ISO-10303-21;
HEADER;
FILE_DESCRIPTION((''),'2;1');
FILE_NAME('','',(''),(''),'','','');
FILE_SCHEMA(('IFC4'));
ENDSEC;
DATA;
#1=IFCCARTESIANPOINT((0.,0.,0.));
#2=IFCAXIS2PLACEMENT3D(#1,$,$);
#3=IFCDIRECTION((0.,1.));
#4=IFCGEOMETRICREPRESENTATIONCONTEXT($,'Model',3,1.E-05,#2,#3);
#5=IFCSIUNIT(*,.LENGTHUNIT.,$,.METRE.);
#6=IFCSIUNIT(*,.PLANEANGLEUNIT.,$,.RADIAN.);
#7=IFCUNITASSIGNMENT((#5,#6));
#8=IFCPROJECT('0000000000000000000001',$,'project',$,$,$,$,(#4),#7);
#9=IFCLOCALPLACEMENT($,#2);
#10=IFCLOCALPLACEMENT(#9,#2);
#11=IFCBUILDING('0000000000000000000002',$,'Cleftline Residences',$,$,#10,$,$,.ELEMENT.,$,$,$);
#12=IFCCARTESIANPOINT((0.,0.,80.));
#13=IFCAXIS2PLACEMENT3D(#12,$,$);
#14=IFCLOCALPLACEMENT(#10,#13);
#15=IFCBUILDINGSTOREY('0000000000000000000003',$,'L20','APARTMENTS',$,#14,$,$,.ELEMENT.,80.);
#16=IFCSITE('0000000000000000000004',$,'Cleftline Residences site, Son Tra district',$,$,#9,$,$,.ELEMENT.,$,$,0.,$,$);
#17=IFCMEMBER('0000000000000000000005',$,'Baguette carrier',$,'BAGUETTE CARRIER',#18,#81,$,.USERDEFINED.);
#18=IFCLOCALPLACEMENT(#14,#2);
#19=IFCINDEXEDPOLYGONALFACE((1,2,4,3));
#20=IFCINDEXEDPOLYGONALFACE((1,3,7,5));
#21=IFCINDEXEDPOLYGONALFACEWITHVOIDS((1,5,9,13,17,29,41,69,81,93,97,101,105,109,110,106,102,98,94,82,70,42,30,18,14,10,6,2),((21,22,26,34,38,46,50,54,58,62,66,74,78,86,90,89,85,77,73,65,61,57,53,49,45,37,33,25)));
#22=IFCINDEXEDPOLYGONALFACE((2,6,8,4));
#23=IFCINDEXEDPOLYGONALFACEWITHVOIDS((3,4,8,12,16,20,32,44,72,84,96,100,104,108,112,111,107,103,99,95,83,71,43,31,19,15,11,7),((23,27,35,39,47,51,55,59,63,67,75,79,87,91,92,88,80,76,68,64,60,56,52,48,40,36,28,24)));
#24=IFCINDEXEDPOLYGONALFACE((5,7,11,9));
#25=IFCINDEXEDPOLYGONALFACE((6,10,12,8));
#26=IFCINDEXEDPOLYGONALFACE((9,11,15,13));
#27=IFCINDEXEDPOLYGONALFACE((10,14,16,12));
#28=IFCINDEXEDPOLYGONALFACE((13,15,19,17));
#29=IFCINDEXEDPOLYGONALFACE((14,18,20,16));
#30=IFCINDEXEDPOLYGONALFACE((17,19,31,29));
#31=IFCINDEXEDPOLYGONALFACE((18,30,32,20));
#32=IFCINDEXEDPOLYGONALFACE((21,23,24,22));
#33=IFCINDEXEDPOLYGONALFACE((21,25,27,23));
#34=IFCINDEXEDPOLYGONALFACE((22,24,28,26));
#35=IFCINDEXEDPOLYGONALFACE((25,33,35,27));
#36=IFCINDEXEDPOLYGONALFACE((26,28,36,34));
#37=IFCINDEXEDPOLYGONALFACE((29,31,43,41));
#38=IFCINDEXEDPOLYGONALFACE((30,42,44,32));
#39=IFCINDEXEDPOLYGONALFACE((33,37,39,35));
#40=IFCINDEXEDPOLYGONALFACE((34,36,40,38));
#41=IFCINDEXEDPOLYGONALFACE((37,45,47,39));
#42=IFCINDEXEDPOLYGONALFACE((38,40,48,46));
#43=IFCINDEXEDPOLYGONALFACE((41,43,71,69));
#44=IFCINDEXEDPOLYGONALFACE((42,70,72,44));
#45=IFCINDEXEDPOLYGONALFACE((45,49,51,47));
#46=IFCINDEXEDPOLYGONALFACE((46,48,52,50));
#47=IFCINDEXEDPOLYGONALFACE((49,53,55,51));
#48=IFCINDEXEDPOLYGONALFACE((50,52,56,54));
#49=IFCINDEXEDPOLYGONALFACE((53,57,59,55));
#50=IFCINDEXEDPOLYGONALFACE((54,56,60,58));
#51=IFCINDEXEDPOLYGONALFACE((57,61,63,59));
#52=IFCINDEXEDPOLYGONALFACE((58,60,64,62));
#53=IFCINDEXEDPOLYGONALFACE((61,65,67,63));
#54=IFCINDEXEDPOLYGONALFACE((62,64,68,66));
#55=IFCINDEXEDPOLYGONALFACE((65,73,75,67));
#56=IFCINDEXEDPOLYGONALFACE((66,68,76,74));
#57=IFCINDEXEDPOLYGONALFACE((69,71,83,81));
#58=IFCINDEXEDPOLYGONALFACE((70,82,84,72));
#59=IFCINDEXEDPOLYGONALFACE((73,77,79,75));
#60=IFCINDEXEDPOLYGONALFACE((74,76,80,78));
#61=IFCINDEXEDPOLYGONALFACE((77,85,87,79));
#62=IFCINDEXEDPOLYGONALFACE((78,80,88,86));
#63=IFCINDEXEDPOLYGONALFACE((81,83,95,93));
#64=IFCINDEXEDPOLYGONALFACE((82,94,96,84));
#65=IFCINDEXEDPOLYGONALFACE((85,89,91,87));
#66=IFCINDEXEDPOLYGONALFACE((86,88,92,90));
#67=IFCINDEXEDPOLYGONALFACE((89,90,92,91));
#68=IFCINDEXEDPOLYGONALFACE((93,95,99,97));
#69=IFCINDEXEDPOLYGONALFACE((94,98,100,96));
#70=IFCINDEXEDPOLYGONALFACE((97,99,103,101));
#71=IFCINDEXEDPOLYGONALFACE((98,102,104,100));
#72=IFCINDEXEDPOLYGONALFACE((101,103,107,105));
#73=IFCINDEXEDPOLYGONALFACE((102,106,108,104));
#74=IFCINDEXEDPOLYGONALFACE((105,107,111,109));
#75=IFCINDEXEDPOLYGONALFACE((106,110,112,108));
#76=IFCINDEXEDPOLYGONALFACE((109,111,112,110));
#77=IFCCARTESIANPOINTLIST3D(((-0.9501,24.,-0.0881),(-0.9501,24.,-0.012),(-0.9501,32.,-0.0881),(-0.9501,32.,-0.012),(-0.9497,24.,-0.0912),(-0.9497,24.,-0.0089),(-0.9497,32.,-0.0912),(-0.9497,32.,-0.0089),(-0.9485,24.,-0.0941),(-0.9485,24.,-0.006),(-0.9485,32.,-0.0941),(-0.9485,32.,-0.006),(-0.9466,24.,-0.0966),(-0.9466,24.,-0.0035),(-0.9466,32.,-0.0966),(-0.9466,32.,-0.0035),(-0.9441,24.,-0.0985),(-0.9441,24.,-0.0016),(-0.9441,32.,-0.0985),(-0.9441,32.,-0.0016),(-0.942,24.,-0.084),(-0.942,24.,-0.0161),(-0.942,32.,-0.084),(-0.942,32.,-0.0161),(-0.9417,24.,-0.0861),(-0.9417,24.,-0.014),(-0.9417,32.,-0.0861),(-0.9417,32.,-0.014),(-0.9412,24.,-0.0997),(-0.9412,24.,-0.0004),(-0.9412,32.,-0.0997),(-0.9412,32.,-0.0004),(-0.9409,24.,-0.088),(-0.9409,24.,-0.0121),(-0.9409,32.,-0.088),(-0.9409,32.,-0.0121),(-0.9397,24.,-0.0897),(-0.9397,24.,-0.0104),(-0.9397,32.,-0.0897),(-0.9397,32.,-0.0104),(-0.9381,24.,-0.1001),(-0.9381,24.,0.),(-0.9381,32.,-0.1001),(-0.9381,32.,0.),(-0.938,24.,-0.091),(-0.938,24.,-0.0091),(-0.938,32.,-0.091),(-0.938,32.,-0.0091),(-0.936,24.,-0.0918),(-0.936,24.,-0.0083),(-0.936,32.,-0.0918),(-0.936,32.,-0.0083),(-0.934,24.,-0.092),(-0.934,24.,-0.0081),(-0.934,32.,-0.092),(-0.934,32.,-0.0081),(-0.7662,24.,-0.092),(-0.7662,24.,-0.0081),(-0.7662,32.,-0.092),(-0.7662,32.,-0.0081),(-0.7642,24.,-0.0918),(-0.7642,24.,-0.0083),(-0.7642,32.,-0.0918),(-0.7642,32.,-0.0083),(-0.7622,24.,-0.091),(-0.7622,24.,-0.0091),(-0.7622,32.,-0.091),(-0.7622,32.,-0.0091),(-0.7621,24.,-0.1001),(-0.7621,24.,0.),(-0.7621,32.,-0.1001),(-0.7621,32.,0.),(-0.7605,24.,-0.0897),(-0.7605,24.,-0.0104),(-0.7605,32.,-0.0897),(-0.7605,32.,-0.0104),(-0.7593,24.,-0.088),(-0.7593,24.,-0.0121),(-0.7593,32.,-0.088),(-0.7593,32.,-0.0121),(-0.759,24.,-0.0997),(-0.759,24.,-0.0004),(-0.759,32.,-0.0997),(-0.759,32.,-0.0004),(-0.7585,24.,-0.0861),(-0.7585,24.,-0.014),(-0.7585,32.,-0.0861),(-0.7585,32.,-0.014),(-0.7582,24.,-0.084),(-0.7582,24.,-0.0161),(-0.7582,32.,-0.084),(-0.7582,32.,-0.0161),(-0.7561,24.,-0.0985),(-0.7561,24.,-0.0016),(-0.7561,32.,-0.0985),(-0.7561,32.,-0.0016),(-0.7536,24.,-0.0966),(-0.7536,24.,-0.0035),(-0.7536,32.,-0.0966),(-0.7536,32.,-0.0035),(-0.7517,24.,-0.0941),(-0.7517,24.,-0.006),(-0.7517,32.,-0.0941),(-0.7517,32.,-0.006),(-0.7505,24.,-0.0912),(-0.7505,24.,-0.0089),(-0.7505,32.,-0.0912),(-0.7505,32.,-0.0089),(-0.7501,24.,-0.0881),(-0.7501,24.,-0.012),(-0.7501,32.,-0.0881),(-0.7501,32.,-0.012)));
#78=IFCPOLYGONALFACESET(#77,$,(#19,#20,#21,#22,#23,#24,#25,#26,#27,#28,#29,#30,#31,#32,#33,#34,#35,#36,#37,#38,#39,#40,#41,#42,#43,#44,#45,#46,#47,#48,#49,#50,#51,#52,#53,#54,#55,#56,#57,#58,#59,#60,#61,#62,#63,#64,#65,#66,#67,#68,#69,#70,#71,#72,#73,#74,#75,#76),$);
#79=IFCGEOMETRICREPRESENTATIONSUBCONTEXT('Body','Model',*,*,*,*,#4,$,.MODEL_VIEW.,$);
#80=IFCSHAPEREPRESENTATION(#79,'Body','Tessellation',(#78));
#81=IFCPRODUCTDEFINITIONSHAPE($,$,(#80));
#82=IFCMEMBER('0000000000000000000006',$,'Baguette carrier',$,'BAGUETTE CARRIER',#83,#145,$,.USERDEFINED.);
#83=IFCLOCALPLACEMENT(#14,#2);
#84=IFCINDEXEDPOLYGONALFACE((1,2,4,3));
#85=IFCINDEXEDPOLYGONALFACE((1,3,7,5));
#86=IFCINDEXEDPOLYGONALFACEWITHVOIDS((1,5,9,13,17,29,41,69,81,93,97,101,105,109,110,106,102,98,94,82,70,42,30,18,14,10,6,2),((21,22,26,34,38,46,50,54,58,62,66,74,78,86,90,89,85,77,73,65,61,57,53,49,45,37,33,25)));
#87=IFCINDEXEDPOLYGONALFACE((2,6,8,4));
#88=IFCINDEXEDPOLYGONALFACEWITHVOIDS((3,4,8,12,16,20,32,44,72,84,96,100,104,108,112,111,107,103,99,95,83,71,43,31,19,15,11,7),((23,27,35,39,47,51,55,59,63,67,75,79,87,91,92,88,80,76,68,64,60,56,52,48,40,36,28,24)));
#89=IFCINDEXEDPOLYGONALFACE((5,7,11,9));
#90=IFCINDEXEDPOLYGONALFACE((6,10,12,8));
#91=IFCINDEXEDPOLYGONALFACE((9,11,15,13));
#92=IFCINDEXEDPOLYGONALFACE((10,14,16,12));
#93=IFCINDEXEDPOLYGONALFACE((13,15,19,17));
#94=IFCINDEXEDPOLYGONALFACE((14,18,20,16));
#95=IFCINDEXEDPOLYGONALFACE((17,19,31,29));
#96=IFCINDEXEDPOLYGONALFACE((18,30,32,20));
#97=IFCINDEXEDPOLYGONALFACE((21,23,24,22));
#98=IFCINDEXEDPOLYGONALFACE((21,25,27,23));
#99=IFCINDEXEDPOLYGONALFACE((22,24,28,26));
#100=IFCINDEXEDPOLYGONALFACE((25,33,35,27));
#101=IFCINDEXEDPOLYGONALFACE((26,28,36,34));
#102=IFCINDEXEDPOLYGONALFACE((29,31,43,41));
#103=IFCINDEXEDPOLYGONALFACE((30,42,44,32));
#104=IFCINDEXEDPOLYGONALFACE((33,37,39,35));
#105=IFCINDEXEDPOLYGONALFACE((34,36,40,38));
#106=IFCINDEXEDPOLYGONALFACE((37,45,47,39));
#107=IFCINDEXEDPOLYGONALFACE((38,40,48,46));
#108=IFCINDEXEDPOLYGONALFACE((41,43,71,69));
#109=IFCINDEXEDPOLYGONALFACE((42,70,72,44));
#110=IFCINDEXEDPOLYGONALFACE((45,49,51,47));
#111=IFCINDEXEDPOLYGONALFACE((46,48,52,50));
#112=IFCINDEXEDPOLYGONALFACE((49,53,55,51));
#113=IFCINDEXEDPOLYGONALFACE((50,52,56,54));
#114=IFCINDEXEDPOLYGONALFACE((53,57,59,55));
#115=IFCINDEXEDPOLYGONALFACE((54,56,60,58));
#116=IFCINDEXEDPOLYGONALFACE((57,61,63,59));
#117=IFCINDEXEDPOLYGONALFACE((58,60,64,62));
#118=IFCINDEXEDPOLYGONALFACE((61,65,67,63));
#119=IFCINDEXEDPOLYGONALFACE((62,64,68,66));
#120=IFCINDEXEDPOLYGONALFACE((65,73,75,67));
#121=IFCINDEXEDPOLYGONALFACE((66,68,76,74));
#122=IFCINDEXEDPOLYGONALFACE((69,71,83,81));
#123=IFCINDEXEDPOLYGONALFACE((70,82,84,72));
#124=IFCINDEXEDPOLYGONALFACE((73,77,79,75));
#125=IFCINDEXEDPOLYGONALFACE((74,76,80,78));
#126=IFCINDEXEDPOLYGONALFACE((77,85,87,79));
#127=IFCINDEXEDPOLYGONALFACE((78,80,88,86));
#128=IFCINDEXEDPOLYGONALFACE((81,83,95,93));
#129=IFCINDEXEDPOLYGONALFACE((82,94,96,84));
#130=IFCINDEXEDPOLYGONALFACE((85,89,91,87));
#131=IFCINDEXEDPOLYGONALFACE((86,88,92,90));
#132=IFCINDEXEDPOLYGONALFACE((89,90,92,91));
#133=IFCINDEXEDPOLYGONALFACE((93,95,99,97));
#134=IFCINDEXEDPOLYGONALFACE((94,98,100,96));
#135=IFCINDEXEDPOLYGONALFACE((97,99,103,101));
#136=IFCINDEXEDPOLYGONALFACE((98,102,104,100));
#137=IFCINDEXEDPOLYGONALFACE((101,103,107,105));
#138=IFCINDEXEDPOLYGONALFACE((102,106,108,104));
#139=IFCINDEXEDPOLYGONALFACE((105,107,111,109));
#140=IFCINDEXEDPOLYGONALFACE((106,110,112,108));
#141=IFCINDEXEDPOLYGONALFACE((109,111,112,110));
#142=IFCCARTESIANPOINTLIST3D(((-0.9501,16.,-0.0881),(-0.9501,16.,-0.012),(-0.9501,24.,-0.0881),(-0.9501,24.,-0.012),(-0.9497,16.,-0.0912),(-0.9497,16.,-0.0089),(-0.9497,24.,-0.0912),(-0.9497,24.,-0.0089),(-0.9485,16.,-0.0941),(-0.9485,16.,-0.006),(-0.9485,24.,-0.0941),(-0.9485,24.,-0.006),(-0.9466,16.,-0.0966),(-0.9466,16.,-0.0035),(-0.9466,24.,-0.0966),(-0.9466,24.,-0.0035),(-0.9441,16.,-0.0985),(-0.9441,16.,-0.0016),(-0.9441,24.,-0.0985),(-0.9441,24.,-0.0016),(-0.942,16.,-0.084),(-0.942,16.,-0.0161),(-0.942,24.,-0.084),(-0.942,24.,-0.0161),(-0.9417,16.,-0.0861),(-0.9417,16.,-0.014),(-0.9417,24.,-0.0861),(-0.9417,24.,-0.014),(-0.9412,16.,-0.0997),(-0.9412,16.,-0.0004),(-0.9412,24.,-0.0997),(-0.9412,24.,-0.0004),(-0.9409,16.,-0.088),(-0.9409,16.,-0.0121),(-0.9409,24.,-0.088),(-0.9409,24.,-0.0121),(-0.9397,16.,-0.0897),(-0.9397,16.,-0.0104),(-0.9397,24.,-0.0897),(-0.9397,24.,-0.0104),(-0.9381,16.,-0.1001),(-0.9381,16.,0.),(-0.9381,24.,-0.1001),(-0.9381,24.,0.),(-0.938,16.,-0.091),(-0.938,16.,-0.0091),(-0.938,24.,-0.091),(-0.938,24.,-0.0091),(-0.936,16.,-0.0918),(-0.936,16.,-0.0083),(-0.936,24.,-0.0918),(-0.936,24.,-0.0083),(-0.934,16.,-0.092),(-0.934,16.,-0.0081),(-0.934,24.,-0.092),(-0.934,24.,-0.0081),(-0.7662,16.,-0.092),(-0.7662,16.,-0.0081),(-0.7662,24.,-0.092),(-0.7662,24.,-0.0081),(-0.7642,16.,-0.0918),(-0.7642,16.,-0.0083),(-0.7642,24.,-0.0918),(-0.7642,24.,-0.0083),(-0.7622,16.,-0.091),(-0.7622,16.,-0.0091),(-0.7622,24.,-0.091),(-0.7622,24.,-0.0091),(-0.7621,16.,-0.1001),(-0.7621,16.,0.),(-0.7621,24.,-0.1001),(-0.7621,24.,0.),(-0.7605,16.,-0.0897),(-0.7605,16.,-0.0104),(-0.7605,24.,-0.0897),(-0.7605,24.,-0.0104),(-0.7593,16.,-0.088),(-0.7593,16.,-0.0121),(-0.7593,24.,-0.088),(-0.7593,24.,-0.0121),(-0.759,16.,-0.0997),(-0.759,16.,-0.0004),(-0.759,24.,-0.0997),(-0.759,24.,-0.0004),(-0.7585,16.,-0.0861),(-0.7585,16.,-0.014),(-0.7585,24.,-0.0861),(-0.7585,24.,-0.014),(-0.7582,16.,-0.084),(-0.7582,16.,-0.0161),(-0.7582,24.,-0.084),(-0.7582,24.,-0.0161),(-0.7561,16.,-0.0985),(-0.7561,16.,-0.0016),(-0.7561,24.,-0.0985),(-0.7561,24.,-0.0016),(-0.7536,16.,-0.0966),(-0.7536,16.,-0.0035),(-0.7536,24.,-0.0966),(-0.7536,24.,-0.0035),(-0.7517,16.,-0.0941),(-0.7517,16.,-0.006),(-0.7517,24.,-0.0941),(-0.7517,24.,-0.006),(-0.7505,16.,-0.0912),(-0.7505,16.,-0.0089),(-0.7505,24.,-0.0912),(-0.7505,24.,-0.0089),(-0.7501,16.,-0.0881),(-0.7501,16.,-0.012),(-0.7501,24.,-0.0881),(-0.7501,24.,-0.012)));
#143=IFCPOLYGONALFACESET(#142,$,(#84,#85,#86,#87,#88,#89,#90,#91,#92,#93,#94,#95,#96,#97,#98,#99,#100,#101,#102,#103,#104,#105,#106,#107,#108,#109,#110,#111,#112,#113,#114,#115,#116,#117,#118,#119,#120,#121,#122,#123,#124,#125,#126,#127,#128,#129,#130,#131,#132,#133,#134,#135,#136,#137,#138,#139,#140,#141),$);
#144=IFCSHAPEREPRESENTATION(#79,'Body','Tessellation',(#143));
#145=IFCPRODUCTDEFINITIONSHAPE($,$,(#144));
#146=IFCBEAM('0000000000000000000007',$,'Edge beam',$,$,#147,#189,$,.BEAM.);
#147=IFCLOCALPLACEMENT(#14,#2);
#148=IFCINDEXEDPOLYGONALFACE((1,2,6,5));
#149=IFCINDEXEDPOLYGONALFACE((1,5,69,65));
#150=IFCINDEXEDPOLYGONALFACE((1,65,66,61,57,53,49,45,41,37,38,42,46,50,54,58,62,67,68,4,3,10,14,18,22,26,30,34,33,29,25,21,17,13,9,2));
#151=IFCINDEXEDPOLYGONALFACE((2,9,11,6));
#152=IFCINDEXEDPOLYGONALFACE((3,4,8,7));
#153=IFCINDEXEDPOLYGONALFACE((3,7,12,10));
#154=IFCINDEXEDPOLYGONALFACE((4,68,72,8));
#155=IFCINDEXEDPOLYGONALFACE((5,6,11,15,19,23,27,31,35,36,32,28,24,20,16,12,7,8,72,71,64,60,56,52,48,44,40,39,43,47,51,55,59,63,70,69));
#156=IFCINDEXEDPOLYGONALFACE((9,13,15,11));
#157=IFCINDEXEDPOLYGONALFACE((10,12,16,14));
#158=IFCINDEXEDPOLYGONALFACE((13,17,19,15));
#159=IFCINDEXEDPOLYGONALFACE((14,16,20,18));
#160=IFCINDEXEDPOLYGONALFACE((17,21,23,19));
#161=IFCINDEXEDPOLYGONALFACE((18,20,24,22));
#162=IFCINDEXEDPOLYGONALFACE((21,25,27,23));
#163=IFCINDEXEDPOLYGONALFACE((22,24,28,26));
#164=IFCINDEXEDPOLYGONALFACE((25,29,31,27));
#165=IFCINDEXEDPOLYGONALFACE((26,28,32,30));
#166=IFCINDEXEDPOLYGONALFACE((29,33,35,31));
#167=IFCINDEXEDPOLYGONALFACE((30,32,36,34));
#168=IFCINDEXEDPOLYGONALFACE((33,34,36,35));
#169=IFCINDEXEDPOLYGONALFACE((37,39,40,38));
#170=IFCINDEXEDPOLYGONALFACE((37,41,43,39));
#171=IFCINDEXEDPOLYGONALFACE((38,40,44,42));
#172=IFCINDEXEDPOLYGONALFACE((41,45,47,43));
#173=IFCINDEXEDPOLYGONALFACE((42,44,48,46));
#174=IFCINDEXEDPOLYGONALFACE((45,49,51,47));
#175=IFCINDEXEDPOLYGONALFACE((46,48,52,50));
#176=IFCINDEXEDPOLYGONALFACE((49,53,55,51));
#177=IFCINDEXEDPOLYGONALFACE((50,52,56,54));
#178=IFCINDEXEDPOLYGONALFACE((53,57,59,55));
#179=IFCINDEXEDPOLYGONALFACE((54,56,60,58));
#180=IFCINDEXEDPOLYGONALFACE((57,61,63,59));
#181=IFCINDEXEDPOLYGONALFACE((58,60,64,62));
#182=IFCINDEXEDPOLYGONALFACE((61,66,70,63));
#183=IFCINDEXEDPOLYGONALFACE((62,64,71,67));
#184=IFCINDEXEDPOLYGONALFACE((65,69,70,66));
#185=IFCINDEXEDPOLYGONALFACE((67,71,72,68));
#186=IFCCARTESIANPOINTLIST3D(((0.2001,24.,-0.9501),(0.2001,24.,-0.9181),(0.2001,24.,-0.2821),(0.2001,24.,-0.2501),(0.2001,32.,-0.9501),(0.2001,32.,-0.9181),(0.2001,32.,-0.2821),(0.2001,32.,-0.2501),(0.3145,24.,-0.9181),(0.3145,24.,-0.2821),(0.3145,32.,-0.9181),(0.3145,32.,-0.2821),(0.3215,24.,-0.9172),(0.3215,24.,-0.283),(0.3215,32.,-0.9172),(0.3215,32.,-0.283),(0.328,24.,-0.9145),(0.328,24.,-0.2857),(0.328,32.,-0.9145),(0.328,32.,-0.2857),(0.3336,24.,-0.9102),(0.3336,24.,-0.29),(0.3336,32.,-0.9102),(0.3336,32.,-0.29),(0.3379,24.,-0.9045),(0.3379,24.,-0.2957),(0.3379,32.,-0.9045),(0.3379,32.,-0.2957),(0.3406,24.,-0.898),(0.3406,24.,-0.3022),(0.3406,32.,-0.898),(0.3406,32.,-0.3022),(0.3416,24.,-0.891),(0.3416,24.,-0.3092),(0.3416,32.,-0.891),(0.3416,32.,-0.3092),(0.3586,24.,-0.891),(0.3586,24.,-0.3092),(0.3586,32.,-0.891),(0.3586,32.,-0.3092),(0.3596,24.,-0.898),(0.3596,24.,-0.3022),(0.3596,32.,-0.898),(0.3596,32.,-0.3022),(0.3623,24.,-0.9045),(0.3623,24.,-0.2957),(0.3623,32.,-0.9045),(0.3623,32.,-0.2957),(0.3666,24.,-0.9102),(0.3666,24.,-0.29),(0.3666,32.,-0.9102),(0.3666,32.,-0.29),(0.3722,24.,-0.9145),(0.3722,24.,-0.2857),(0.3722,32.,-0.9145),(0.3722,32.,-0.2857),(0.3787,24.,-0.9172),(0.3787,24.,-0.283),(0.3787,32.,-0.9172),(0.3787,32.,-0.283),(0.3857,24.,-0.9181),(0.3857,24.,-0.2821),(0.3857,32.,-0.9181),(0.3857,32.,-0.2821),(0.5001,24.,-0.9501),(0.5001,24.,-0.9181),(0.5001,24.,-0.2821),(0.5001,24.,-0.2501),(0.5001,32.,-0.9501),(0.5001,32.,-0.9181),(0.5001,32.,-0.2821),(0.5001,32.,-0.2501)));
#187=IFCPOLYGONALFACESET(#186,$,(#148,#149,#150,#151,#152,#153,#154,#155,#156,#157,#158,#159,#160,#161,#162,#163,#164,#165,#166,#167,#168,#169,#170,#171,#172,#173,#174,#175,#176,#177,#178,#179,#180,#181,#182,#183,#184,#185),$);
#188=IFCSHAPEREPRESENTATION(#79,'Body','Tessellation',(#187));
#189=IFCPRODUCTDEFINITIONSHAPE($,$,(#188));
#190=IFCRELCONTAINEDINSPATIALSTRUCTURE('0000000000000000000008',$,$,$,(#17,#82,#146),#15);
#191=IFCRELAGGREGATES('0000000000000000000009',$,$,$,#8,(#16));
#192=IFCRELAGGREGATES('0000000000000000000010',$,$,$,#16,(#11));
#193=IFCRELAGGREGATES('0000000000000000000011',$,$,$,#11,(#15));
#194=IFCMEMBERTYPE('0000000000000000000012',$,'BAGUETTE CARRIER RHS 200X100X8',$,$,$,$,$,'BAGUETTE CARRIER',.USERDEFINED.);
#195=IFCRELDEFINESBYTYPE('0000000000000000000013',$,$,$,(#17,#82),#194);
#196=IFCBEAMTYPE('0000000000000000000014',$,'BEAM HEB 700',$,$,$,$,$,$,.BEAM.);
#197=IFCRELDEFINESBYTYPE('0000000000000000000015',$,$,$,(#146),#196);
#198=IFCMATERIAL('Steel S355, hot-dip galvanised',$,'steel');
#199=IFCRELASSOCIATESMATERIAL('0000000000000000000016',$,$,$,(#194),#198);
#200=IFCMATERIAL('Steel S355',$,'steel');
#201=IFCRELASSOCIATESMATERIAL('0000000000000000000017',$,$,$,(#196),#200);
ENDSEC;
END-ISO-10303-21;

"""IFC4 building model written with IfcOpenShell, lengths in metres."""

from ifc_helpers import new_model, si_unit, direction, frame, origin, origin_2d, place, context, subcontext, project, spatial, hollow_rectangle, i_section, extrude, material, material_profile, profile_set, type_object, element, save


model = new_model("IFC4")

# Units and contexts
model_context = context("Model", 3, precision=1e-05, world=origin(), true_north=direction((0.0, 1.0)))
body_context = subcontext(model_context, "Body", "Model", "MODEL_VIEW")
ifc_project = project(units=[si_unit("LENGTHUNIT", "METRE"), si_unit("PLANEANGLEUNIT", "RADIAN")], contexts=[model_context])

# Site, building, storey
site_placement = place(None, origin())
site = spatial("IfcSite", under=ifc_project, at=site_placement, Name="Cleftline Residences site, Son Tra district", CompositionType="ELEMENT", RefElevation=0.0)
building_placement = place(site_placement, origin())
building = spatial("IfcBuilding", under=site, at=building_placement, Name="Cleftline Residences", CompositionType="ELEMENT")
storey_placement = place(building_placement, frame((0.0, 0.0, 80.0)))
storey = spatial("IfcBuildingStorey", under=building, at=storey_placement, Name="L20", Description="APARTMENTS", CompositionType="ELEMENT", Elevation=80.0)

# Members
ifc_material_1 = material(Name="Steel S355, hot-dip galvanised", Category="steel")
ifc_material_profile_1 = material_profile(ifc_material_1, hollow_rectangle(XDim=0.1001, YDim=0.2, WallThickness=0.0081, InnerFilletRadius=0.0081, OuterFilletRadius=0.012, at=origin_2d()))
ifc_profile_set_1 = profile_set([ifc_material_profile_1], Name="Steel S355, hot-dip galvanised")
member_type_1 = type_object("IfcMemberType", Name="BAGUETTE CARRIER RHS 200X100X8", ElementType="BAGUETTE CARRIER", PredefinedType="USERDEFINED", material=ifc_profile_set_1)
for number, where, z_axis, x_axis, name in (
    (1, (-0.8501, 32.0, -0.05), (0.0, -1.0, 0.0), (0.0, 0.0, 1.0), "Baguette carrier"),
    (2, (-0.8501, 24.0, -0.05), (0.0, -1.0, 0.0), (0.0, 0.0, 1.0), "Baguette carrier"),
):
    element("IfcMember", number, at=place(storey_placement, frame(where, z_axis=z_axis, x_axis=x_axis)), inside=storey, type_object=member_type_1, Name=name, ObjectType="BAGUETTE CARRIER", PredefinedType="USERDEFINED", context=body_context, shape_type="SweptSolid", body=[
        extrude(hollow_rectangle(XDim=0.1001, YDim=0.2, WallThickness=0.0081, InnerFilletRadius=0.0081, OuterFilletRadius=0.012, at=origin_2d()), origin(), (0.0, 0.0, 1.0), 8.0),
    ])

# Beam
ifc_material_2 = material(Name="Steel S355", Category="steel")
ifc_material_profile_2 = material_profile(ifc_material_2, i_section(OverallWidth=0.3, OverallDepth=0.7, WebThickness=0.0171, FlangeThickness=0.032, FilletRadius=0.0271, at=origin_2d()))
ifc_profile_set_2 = profile_set([ifc_material_profile_2], Name="Steel S355")
beam_type_1 = type_object("IfcBeamType", Name="BEAM HEB 700", PredefinedType="BEAM", material=ifc_profile_set_2)
for number, where, z_axis, x_axis, name in (
    (3, (0.3501, 24.0, -0.6001), (0.0, 1.0, 0.0), (-1.0, 0.0, 0.0), "Edge beam"),
):
    element("IfcBeam", number, at=place(storey_placement, frame(where, z_axis=z_axis, x_axis=x_axis)), inside=storey, type_object=beam_type_1, Name=name, PredefinedType="BEAM", context=body_context, shape_type="SweptSolid", body=[
        extrude(i_section(OverallWidth=0.3, OverallDepth=0.7, WebThickness=0.0171, FlangeThickness=0.032, FilletRadius=0.0271, at=origin_2d()), origin(), (0.0, 0.0, 1.0), 8.0),
    ])

save(model, "model.ifc")
